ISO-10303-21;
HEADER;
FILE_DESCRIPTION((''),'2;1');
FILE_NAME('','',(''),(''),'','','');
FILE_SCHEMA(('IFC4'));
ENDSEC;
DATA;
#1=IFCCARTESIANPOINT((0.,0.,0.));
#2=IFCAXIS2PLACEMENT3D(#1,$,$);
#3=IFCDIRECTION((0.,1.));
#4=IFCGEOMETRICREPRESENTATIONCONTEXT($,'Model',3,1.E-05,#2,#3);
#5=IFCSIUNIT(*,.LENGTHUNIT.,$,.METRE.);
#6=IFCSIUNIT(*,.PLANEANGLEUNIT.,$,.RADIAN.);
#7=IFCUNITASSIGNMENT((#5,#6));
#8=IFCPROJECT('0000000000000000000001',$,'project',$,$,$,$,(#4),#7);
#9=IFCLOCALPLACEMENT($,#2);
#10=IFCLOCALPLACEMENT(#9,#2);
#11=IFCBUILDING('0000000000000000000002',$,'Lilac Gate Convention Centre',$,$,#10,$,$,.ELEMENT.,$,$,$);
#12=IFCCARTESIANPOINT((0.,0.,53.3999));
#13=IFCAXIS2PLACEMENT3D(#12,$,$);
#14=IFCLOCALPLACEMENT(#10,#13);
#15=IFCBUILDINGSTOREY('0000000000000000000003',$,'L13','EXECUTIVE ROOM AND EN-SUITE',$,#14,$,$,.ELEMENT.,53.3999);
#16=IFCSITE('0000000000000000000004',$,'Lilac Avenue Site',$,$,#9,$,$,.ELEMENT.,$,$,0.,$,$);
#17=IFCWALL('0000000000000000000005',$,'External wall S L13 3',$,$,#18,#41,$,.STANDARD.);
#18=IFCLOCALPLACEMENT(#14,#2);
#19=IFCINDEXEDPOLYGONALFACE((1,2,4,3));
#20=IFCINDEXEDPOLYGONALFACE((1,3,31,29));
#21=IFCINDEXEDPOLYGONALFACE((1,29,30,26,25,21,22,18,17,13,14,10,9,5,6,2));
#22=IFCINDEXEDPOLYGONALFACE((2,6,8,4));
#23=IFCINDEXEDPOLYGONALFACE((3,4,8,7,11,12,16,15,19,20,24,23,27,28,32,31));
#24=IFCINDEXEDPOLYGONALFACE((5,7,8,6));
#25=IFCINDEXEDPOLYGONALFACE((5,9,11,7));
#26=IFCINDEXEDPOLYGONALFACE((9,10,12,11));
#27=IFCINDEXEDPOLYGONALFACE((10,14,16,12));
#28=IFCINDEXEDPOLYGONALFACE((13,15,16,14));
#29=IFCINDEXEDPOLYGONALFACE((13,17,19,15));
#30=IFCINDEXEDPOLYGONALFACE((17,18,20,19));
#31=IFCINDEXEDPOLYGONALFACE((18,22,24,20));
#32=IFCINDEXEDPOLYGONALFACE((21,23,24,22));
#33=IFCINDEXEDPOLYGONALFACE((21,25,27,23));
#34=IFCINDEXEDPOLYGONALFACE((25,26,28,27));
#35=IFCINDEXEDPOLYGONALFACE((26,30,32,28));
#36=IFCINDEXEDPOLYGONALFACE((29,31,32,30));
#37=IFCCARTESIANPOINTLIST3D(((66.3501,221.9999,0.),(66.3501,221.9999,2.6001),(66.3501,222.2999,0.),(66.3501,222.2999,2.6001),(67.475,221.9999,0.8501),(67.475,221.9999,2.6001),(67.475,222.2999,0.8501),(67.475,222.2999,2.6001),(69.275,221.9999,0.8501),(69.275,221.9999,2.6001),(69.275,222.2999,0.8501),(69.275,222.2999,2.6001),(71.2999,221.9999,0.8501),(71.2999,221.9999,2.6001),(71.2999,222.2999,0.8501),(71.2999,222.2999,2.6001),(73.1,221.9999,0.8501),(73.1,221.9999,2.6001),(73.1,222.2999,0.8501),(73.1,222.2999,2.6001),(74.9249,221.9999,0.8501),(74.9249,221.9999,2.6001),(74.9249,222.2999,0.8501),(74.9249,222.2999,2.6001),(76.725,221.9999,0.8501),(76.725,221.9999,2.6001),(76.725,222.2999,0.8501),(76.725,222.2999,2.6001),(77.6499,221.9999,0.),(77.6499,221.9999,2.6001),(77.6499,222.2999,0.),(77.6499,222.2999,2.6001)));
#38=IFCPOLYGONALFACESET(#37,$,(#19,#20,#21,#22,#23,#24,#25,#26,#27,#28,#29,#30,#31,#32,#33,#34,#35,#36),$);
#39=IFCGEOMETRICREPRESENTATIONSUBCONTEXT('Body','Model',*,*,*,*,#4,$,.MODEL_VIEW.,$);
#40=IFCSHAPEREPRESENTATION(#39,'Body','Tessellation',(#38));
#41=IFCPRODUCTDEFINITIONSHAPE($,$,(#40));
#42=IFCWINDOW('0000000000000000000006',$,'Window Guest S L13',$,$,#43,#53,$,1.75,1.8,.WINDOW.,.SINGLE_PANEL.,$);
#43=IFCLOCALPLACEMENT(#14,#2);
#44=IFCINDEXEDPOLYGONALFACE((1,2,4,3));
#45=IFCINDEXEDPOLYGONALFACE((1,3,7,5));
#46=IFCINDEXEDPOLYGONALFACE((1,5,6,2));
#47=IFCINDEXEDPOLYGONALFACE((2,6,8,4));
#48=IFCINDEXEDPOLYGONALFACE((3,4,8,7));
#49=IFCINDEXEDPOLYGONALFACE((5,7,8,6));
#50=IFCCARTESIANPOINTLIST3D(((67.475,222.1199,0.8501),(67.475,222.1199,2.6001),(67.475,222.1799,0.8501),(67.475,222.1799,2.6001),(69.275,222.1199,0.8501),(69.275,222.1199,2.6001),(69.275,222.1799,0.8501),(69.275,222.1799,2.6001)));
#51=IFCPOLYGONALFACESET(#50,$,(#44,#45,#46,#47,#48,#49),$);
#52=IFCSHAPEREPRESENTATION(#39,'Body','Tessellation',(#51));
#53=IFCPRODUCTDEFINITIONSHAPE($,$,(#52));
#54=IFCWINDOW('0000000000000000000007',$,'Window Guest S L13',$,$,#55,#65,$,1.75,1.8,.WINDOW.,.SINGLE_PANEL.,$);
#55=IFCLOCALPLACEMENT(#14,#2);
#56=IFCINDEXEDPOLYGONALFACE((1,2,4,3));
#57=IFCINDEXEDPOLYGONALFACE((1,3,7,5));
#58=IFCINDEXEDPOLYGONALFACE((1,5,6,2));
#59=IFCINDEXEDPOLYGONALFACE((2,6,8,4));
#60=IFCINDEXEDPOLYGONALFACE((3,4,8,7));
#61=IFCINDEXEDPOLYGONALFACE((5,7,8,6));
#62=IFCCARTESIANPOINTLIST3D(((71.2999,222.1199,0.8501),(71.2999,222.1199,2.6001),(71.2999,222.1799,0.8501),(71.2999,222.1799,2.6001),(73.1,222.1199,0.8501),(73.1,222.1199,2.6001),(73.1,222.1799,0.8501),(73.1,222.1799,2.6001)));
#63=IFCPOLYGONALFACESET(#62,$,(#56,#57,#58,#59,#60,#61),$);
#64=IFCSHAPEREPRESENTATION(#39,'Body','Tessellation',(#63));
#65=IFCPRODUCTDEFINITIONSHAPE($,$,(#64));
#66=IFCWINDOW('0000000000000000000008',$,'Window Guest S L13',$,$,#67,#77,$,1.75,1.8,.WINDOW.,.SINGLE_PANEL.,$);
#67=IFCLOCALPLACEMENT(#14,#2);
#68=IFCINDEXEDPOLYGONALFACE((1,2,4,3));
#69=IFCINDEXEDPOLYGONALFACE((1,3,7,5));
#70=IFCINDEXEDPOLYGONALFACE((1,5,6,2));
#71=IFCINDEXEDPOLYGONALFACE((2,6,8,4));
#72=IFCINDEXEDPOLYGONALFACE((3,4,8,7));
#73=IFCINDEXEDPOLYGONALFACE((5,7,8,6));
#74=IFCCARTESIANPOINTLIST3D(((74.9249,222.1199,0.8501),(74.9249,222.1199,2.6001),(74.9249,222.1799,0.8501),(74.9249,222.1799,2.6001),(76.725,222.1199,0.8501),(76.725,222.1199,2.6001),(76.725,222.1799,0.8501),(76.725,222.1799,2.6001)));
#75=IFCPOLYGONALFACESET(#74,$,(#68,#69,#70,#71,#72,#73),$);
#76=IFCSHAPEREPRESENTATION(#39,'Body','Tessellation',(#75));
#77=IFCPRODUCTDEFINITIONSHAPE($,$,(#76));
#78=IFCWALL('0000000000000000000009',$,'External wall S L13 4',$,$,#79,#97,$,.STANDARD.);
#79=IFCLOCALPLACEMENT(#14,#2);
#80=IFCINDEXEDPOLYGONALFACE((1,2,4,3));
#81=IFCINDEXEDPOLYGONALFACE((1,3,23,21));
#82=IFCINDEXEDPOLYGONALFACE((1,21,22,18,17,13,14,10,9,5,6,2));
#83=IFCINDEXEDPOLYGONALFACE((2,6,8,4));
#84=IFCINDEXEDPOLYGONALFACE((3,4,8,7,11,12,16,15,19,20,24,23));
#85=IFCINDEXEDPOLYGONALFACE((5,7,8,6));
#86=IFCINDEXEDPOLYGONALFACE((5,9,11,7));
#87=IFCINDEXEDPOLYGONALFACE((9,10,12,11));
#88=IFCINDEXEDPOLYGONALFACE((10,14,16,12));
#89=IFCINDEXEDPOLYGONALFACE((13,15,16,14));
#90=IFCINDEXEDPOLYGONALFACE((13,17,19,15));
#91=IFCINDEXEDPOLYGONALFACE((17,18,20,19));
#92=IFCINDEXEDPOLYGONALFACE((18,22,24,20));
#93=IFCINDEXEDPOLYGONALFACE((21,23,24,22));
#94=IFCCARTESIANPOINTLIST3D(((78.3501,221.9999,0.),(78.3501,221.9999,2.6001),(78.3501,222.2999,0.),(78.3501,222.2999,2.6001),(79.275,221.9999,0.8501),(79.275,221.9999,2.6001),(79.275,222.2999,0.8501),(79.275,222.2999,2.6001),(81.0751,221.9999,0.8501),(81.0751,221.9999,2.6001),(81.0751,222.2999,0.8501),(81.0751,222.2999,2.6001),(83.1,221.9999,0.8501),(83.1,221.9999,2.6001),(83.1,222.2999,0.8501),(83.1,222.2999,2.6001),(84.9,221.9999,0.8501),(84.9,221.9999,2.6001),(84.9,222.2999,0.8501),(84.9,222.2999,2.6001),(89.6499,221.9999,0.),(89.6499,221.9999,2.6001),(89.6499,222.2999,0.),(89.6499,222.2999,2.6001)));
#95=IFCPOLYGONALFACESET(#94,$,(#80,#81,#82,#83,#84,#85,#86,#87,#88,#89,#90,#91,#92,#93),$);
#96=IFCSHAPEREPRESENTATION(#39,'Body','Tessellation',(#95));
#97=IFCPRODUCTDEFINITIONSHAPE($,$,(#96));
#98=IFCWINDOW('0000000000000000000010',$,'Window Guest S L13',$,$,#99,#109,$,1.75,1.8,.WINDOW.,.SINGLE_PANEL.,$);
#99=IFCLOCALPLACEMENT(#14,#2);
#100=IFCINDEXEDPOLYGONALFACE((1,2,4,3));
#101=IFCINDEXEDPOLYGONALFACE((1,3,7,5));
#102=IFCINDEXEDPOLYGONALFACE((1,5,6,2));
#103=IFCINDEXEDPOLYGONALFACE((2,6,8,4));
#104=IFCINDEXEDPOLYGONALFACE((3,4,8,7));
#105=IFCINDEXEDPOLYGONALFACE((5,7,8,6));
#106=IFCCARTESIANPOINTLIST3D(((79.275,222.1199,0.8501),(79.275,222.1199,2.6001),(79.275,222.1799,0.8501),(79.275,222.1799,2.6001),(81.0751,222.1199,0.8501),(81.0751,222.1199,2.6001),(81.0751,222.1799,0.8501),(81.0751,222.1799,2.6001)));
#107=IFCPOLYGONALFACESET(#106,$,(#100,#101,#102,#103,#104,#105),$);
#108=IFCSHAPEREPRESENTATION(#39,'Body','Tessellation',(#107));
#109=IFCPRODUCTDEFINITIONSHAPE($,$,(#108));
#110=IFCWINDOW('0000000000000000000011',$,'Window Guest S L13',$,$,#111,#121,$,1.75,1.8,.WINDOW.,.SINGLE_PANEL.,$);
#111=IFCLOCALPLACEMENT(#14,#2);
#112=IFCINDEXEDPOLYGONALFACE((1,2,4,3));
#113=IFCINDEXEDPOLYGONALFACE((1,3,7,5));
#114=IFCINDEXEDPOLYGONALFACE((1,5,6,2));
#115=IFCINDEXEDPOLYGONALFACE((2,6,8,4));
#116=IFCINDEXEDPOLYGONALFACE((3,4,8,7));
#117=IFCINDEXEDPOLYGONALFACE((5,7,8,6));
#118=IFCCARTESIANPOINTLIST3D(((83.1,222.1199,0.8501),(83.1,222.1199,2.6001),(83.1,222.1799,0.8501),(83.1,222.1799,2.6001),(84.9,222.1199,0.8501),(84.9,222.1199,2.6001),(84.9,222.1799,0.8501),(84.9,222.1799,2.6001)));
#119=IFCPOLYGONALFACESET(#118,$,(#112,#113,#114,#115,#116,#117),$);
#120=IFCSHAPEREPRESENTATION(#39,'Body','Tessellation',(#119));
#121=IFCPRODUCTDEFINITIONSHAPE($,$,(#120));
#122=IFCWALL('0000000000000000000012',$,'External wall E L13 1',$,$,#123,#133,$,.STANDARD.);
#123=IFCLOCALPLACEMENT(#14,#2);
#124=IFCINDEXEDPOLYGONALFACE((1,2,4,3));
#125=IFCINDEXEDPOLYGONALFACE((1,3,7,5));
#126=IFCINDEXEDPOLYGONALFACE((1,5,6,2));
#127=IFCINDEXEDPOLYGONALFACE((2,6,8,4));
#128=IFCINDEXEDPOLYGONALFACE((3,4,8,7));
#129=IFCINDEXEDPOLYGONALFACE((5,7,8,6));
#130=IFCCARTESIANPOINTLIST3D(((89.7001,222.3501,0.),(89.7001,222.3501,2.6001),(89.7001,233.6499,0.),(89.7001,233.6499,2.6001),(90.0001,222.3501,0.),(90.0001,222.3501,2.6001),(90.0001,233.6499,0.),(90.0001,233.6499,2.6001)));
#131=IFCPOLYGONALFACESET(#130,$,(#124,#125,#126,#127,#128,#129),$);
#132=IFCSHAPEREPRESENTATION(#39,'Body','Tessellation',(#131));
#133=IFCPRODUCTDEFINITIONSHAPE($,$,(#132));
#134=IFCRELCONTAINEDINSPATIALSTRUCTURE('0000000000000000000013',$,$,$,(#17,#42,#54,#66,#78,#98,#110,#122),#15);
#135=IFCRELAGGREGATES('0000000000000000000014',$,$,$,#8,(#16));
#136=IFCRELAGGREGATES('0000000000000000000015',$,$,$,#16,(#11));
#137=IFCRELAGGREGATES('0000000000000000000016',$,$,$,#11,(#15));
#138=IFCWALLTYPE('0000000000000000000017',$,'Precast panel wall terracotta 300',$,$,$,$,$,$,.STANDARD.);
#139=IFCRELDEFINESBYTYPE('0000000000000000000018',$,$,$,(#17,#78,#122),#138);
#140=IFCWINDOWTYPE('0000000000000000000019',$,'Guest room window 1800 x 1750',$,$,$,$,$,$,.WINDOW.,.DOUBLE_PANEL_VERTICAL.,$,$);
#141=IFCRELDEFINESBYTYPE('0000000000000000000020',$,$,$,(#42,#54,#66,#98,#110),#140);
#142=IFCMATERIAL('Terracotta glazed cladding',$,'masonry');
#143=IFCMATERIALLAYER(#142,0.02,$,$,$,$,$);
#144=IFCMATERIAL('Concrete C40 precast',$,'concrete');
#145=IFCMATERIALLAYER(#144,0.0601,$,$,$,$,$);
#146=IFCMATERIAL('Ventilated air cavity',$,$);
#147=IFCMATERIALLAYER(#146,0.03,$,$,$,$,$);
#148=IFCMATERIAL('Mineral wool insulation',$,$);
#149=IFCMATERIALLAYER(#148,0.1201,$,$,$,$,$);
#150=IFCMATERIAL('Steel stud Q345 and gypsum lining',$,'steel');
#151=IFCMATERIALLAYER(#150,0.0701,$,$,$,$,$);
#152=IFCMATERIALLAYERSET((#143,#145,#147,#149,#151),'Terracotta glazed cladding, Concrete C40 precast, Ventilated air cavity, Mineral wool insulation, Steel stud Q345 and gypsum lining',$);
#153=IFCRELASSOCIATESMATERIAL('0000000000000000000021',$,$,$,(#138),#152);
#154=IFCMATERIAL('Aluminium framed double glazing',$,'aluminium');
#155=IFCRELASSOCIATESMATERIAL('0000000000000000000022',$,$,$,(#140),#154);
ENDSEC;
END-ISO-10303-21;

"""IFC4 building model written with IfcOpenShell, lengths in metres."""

from ifc_helpers import new_model, si_unit, direction, frame, frame_2d, origin, place, context, subcontext, project, spatial, rectangle, extrude, material, layer, layer_set, type_object, element, fill, save


model = new_model("IFC4")

# Units and contexts
model_context = context("Model", 3, precision=1e-05, world=origin(), true_north=direction((0.0, 1.0)))
body_context = subcontext(model_context, "Body", "Model", "MODEL_VIEW")
ifc_project = project(units=[si_unit("LENGTHUNIT", "METRE"), si_unit("PLANEANGLEUNIT", "RADIAN")], contexts=[model_context])

# Site, building, storey
site_placement = place(None, origin())
site = spatial("IfcSite", under=ifc_project, at=site_placement, Name="Lilac Avenue Site", CompositionType="ELEMENT", RefElevation=0.0)
building_placement = place(site_placement, origin())
building = spatial("IfcBuilding", under=site, at=building_placement, Name="Lilac Gate Convention Centre", CompositionType="ELEMENT")
storey_placement = place(building_placement, frame((0.0, 0.0, 53.3999)))
storey = spatial("IfcBuildingStorey", under=building, at=storey_placement, Name="L13", Description="EXECUTIVE ROOM AND EN-SUITE", CompositionType="ELEMENT", Elevation=53.3999)

# Shared definitions
ifc_material_1 = material(Name="Concrete C40 precast", Category="concrete")

# Walls, openings, windows
ifc_material_2 = material(Name="Terracotta glazed cladding", Category="masonry")
ifc_layer_1 = layer(ifc_material_2, 0.02)
ifc_layer_2 = layer(ifc_material_1, 0.0601)
ifc_material_3 = material(Name="Ventilated air cavity")
ifc_layer_3 = layer(ifc_material_3, 0.03)
ifc_material_4 = material(Name="Mineral wool insulation")
ifc_layer_4 = layer(ifc_material_4, 0.1201)
ifc_material_5 = material(Name="Steel stud Q345 and gypsum lining", Category="steel")
ifc_layer_5 = layer(ifc_material_5, 0.0701)
ifc_layer_set_1 = layer_set([ifc_layer_1, ifc_layer_2, ifc_layer_3, ifc_layer_4, ifc_layer_5], Name="Terracotta glazed cladding, Concrete C40 precast, Ventilated air cavity, Mineral wool insulation, Steel stud Q345 and gypsum lining")
wall_type_1 = type_object("IfcWallType", Name="Precast panel wall terracotta 300", PredefinedType="STANDARD", material=ifc_layer_set_1)
ifc_material_6 = material(Name="Aluminium framed double glazing", Category="aluminium")
window_type = type_object("IfcWindowType", Name="Guest room window 1800 x 1750", PartitioningType="DOUBLE_PANEL_VERTICAL", PredefinedType="WINDOW", material=ifc_material_6)
wall_1_placement = place(storey_placement, frame((66.3501, 222.1499, 0.0), z_axis=(0.0, 0.0, 1.0), x_axis=(1.0, 0.0, 0.0)))
wall_1 = element("IfcWall", 1, at=wall_1_placement, inside=storey, type_object=wall_type_1, Name="External wall S L13 3", PredefinedType="STANDARD", context=body_context, shape_type="SweptSolid", body=[
    extrude(rectangle(XDim=11.2998, YDim=0.3, at=frame_2d((5.6499, 0.0))), origin(), (0.0, 0.0, 1.0), 2.6001),
])
opening_1_placement = place(wall_1_placement, frame((1.125, 0.0, 0.8501)))
opening_1 = element("IfcOpeningElement", 2, at=opening_1_placement, cuts=wall_1, PredefinedType="OPENING", context=body_context, shape_type="SweptSolid", body=[
    extrude(rectangle(XDim=1.8, YDim=1.75, at=frame_2d((0.8999, 0.875))), frame((0.0, 0.1599, 0.0), z_axis=(0.0, -1.0, 0.0), x_axis=(1.0, 0.0, 0.0)), (0.0, 0.0, 1.0), 0.3201),
])
opening_2_placement = place(wall_1_placement, frame((4.95, 0.0, 0.8501)))
opening_2 = element("IfcOpeningElement", 3, at=opening_2_placement, cuts=wall_1, PredefinedType="OPENING", context=body_context, shape_type="SweptSolid", body=[
    extrude(rectangle(XDim=1.8, YDim=1.75, at=frame_2d((0.8999, 0.875))), frame((0.0, 0.1599, 0.0), z_axis=(0.0, -1.0, 0.0), x_axis=(1.0, 0.0, 0.0)), (0.0, 0.0, 1.0), 0.3201),
])
opening_3_placement = place(wall_1_placement, frame((8.575, 0.0, 0.8501)))
opening_3 = element("IfcOpeningElement", 4, at=opening_3_placement, cuts=wall_1, PredefinedType="OPENING", context=body_context, shape_type="SweptSolid", body=[
    extrude(rectangle(XDim=1.8, YDim=1.75, at=frame_2d((0.8999, 0.875))), frame((0.0, 0.1599, 0.0), z_axis=(0.0, -1.0, 0.0), x_axis=(1.0, 0.0, 0.0)), (0.0, 0.0, 1.0), 0.3201),
])
window_1_placement = place(opening_1_placement, origin())
window_1 = element("IfcWindow", 5, at=window_1_placement, inside=storey, type_object=window_type, Name="Window Guest S L13", OverallHeight=1.75, OverallWidth=1.8, PartitioningType="SINGLE_PANEL", PredefinedType="WINDOW", context=body_context, shape_type="SweptSolid", body=[
    extrude(rectangle(XDim=1.8, YDim=1.75, at=frame_2d((0.8999, 0.875))), frame((0.0, 0.03, 0.0), z_axis=(0.0, -1.0, 0.0), x_axis=(1.0, 0.0, 0.0)), (0.0, 0.0, 1.0), 0.0601),
])
fill(opening_1, window_1)
window_2_placement = place(opening_2_placement, origin())
window_2 = element("IfcWindow", 6, at=window_2_placement, inside=storey, type_object=window_type, Name="Window Guest S L13", OverallHeight=1.75, OverallWidth=1.8, PartitioningType="SINGLE_PANEL", PredefinedType="WINDOW", context=body_context, shape_type="SweptSolid", body=[
    extrude(rectangle(XDim=1.8, YDim=1.75, at=frame_2d((0.8999, 0.875))), frame((0.0, 0.03, 0.0), z_axis=(0.0, -1.0, 0.0), x_axis=(1.0, 0.0, 0.0)), (0.0, 0.0, 1.0), 0.0601),
])
fill(opening_2, window_2)
window_3_placement = place(opening_3_placement, origin())
window_3 = element("IfcWindow", 7, at=window_3_placement, inside=storey, type_object=window_type, Name="Window Guest S L13", OverallHeight=1.75, OverallWidth=1.8, PartitioningType="SINGLE_PANEL", PredefinedType="WINDOW", context=body_context, shape_type="SweptSolid", body=[
    extrude(rectangle(XDim=1.8, YDim=1.75, at=frame_2d((0.8999, 0.875))), frame((0.0, 0.03, 0.0), z_axis=(0.0, -1.0, 0.0), x_axis=(1.0, 0.0, 0.0)), (0.0, 0.0, 1.0), 0.0601),
])
fill(opening_3, window_3)
wall_2_placement = place(storey_placement, frame((78.3501, 222.1499, 0.0), z_axis=(0.0, 0.0, 1.0), x_axis=(1.0, 0.0, 0.0)))
wall_2 = element("IfcWall", 8, at=wall_2_placement, inside=storey, type_object=wall_type_1, Name="External wall S L13 4", PredefinedType="STANDARD", context=body_context, shape_type="SweptSolid", body=[
    extrude(rectangle(XDim=11.2998, YDim=0.3, at=frame_2d((5.6499, 0.0))), origin(), (0.0, 0.0, 1.0), 2.6001),
])
opening_4_placement = place(wall_2_placement, frame((0.925, 0.0, 0.8501)))
opening_4 = element("IfcOpeningElement", 9, at=opening_4_placement, cuts=wall_2, PredefinedType="OPENING", context=body_context, shape_type="SweptSolid", body=[
    extrude(rectangle(XDim=1.8, YDim=1.75, at=frame_2d((0.8999, 0.875))), frame((0.0, 0.1599, 0.0), z_axis=(0.0, -1.0, 0.0), x_axis=(1.0, 0.0, 0.0)), (0.0, 0.0, 1.0), 0.3201),
])
opening_5_placement = place(wall_2_placement, frame((4.75, 0.0, 0.8501)))
opening_5 = element("IfcOpeningElement", 10, at=opening_5_placement, cuts=wall_2, PredefinedType="OPENING", context=body_context, shape_type="SweptSolid", body=[
    extrude(rectangle(XDim=1.8, YDim=1.75, at=frame_2d((0.8999, 0.875))), frame((0.0, 0.1599, 0.0), z_axis=(0.0, -1.0, 0.0), x_axis=(1.0, 0.0, 0.0)), (0.0, 0.0, 1.0), 0.3201),
])
window_4_placement = place(opening_4_placement, origin())
window_4 = element("IfcWindow", 11, at=window_4_placement, inside=storey, type_object=window_type, Name="Window Guest S L13", OverallHeight=1.75, OverallWidth=1.8, PartitioningType="SINGLE_PANEL", PredefinedType="WINDOW", context=body_context, shape_type="SweptSolid", body=[
    extrude(rectangle(XDim=1.8, YDim=1.75, at=frame_2d((0.8999, 0.875))), frame((0.0, 0.03, 0.0), z_axis=(0.0, -1.0, 0.0), x_axis=(1.0, 0.0, 0.0)), (0.0, 0.0, 1.0), 0.0601),
])
fill(opening_4, window_4)
window_5_placement = place(opening_5_placement, origin())
window_5 = element("IfcWindow", 12, at=window_5_placement, inside=storey, type_object=window_type, Name="Window Guest S L13", OverallHeight=1.75, OverallWidth=1.8, PartitioningType="SINGLE_PANEL", PredefinedType="WINDOW", context=body_context, shape_type="SweptSolid", body=[
    extrude(rectangle(XDim=1.8, YDim=1.75, at=frame_2d((0.8999, 0.875))), frame((0.0, 0.03, 0.0), z_axis=(0.0, -1.0, 0.0), x_axis=(1.0, 0.0, 0.0)), (0.0, 0.0, 1.0), 0.0601),
])
fill(opening_5, window_5)

# Wall
wall_3_placement = place(storey_placement, frame((89.8501, 222.3501, 0.0), z_axis=(0.0, 0.0, 1.0), x_axis=(0.0, 1.0, 0.0)))
element("IfcWall", 13, at=wall_3_placement, inside=storey, type_object=wall_type_1, Name="External wall E L13 1", PredefinedType="STANDARD", context=body_context, shape_type="SweptSolid", body=[
    extrude(rectangle(XDim=11.2998, YDim=0.3, at=frame_2d((5.6499, 0.0))), origin(), (0.0, 0.0, 1.0), 2.6001),
])

save(model, "model.ifc")
